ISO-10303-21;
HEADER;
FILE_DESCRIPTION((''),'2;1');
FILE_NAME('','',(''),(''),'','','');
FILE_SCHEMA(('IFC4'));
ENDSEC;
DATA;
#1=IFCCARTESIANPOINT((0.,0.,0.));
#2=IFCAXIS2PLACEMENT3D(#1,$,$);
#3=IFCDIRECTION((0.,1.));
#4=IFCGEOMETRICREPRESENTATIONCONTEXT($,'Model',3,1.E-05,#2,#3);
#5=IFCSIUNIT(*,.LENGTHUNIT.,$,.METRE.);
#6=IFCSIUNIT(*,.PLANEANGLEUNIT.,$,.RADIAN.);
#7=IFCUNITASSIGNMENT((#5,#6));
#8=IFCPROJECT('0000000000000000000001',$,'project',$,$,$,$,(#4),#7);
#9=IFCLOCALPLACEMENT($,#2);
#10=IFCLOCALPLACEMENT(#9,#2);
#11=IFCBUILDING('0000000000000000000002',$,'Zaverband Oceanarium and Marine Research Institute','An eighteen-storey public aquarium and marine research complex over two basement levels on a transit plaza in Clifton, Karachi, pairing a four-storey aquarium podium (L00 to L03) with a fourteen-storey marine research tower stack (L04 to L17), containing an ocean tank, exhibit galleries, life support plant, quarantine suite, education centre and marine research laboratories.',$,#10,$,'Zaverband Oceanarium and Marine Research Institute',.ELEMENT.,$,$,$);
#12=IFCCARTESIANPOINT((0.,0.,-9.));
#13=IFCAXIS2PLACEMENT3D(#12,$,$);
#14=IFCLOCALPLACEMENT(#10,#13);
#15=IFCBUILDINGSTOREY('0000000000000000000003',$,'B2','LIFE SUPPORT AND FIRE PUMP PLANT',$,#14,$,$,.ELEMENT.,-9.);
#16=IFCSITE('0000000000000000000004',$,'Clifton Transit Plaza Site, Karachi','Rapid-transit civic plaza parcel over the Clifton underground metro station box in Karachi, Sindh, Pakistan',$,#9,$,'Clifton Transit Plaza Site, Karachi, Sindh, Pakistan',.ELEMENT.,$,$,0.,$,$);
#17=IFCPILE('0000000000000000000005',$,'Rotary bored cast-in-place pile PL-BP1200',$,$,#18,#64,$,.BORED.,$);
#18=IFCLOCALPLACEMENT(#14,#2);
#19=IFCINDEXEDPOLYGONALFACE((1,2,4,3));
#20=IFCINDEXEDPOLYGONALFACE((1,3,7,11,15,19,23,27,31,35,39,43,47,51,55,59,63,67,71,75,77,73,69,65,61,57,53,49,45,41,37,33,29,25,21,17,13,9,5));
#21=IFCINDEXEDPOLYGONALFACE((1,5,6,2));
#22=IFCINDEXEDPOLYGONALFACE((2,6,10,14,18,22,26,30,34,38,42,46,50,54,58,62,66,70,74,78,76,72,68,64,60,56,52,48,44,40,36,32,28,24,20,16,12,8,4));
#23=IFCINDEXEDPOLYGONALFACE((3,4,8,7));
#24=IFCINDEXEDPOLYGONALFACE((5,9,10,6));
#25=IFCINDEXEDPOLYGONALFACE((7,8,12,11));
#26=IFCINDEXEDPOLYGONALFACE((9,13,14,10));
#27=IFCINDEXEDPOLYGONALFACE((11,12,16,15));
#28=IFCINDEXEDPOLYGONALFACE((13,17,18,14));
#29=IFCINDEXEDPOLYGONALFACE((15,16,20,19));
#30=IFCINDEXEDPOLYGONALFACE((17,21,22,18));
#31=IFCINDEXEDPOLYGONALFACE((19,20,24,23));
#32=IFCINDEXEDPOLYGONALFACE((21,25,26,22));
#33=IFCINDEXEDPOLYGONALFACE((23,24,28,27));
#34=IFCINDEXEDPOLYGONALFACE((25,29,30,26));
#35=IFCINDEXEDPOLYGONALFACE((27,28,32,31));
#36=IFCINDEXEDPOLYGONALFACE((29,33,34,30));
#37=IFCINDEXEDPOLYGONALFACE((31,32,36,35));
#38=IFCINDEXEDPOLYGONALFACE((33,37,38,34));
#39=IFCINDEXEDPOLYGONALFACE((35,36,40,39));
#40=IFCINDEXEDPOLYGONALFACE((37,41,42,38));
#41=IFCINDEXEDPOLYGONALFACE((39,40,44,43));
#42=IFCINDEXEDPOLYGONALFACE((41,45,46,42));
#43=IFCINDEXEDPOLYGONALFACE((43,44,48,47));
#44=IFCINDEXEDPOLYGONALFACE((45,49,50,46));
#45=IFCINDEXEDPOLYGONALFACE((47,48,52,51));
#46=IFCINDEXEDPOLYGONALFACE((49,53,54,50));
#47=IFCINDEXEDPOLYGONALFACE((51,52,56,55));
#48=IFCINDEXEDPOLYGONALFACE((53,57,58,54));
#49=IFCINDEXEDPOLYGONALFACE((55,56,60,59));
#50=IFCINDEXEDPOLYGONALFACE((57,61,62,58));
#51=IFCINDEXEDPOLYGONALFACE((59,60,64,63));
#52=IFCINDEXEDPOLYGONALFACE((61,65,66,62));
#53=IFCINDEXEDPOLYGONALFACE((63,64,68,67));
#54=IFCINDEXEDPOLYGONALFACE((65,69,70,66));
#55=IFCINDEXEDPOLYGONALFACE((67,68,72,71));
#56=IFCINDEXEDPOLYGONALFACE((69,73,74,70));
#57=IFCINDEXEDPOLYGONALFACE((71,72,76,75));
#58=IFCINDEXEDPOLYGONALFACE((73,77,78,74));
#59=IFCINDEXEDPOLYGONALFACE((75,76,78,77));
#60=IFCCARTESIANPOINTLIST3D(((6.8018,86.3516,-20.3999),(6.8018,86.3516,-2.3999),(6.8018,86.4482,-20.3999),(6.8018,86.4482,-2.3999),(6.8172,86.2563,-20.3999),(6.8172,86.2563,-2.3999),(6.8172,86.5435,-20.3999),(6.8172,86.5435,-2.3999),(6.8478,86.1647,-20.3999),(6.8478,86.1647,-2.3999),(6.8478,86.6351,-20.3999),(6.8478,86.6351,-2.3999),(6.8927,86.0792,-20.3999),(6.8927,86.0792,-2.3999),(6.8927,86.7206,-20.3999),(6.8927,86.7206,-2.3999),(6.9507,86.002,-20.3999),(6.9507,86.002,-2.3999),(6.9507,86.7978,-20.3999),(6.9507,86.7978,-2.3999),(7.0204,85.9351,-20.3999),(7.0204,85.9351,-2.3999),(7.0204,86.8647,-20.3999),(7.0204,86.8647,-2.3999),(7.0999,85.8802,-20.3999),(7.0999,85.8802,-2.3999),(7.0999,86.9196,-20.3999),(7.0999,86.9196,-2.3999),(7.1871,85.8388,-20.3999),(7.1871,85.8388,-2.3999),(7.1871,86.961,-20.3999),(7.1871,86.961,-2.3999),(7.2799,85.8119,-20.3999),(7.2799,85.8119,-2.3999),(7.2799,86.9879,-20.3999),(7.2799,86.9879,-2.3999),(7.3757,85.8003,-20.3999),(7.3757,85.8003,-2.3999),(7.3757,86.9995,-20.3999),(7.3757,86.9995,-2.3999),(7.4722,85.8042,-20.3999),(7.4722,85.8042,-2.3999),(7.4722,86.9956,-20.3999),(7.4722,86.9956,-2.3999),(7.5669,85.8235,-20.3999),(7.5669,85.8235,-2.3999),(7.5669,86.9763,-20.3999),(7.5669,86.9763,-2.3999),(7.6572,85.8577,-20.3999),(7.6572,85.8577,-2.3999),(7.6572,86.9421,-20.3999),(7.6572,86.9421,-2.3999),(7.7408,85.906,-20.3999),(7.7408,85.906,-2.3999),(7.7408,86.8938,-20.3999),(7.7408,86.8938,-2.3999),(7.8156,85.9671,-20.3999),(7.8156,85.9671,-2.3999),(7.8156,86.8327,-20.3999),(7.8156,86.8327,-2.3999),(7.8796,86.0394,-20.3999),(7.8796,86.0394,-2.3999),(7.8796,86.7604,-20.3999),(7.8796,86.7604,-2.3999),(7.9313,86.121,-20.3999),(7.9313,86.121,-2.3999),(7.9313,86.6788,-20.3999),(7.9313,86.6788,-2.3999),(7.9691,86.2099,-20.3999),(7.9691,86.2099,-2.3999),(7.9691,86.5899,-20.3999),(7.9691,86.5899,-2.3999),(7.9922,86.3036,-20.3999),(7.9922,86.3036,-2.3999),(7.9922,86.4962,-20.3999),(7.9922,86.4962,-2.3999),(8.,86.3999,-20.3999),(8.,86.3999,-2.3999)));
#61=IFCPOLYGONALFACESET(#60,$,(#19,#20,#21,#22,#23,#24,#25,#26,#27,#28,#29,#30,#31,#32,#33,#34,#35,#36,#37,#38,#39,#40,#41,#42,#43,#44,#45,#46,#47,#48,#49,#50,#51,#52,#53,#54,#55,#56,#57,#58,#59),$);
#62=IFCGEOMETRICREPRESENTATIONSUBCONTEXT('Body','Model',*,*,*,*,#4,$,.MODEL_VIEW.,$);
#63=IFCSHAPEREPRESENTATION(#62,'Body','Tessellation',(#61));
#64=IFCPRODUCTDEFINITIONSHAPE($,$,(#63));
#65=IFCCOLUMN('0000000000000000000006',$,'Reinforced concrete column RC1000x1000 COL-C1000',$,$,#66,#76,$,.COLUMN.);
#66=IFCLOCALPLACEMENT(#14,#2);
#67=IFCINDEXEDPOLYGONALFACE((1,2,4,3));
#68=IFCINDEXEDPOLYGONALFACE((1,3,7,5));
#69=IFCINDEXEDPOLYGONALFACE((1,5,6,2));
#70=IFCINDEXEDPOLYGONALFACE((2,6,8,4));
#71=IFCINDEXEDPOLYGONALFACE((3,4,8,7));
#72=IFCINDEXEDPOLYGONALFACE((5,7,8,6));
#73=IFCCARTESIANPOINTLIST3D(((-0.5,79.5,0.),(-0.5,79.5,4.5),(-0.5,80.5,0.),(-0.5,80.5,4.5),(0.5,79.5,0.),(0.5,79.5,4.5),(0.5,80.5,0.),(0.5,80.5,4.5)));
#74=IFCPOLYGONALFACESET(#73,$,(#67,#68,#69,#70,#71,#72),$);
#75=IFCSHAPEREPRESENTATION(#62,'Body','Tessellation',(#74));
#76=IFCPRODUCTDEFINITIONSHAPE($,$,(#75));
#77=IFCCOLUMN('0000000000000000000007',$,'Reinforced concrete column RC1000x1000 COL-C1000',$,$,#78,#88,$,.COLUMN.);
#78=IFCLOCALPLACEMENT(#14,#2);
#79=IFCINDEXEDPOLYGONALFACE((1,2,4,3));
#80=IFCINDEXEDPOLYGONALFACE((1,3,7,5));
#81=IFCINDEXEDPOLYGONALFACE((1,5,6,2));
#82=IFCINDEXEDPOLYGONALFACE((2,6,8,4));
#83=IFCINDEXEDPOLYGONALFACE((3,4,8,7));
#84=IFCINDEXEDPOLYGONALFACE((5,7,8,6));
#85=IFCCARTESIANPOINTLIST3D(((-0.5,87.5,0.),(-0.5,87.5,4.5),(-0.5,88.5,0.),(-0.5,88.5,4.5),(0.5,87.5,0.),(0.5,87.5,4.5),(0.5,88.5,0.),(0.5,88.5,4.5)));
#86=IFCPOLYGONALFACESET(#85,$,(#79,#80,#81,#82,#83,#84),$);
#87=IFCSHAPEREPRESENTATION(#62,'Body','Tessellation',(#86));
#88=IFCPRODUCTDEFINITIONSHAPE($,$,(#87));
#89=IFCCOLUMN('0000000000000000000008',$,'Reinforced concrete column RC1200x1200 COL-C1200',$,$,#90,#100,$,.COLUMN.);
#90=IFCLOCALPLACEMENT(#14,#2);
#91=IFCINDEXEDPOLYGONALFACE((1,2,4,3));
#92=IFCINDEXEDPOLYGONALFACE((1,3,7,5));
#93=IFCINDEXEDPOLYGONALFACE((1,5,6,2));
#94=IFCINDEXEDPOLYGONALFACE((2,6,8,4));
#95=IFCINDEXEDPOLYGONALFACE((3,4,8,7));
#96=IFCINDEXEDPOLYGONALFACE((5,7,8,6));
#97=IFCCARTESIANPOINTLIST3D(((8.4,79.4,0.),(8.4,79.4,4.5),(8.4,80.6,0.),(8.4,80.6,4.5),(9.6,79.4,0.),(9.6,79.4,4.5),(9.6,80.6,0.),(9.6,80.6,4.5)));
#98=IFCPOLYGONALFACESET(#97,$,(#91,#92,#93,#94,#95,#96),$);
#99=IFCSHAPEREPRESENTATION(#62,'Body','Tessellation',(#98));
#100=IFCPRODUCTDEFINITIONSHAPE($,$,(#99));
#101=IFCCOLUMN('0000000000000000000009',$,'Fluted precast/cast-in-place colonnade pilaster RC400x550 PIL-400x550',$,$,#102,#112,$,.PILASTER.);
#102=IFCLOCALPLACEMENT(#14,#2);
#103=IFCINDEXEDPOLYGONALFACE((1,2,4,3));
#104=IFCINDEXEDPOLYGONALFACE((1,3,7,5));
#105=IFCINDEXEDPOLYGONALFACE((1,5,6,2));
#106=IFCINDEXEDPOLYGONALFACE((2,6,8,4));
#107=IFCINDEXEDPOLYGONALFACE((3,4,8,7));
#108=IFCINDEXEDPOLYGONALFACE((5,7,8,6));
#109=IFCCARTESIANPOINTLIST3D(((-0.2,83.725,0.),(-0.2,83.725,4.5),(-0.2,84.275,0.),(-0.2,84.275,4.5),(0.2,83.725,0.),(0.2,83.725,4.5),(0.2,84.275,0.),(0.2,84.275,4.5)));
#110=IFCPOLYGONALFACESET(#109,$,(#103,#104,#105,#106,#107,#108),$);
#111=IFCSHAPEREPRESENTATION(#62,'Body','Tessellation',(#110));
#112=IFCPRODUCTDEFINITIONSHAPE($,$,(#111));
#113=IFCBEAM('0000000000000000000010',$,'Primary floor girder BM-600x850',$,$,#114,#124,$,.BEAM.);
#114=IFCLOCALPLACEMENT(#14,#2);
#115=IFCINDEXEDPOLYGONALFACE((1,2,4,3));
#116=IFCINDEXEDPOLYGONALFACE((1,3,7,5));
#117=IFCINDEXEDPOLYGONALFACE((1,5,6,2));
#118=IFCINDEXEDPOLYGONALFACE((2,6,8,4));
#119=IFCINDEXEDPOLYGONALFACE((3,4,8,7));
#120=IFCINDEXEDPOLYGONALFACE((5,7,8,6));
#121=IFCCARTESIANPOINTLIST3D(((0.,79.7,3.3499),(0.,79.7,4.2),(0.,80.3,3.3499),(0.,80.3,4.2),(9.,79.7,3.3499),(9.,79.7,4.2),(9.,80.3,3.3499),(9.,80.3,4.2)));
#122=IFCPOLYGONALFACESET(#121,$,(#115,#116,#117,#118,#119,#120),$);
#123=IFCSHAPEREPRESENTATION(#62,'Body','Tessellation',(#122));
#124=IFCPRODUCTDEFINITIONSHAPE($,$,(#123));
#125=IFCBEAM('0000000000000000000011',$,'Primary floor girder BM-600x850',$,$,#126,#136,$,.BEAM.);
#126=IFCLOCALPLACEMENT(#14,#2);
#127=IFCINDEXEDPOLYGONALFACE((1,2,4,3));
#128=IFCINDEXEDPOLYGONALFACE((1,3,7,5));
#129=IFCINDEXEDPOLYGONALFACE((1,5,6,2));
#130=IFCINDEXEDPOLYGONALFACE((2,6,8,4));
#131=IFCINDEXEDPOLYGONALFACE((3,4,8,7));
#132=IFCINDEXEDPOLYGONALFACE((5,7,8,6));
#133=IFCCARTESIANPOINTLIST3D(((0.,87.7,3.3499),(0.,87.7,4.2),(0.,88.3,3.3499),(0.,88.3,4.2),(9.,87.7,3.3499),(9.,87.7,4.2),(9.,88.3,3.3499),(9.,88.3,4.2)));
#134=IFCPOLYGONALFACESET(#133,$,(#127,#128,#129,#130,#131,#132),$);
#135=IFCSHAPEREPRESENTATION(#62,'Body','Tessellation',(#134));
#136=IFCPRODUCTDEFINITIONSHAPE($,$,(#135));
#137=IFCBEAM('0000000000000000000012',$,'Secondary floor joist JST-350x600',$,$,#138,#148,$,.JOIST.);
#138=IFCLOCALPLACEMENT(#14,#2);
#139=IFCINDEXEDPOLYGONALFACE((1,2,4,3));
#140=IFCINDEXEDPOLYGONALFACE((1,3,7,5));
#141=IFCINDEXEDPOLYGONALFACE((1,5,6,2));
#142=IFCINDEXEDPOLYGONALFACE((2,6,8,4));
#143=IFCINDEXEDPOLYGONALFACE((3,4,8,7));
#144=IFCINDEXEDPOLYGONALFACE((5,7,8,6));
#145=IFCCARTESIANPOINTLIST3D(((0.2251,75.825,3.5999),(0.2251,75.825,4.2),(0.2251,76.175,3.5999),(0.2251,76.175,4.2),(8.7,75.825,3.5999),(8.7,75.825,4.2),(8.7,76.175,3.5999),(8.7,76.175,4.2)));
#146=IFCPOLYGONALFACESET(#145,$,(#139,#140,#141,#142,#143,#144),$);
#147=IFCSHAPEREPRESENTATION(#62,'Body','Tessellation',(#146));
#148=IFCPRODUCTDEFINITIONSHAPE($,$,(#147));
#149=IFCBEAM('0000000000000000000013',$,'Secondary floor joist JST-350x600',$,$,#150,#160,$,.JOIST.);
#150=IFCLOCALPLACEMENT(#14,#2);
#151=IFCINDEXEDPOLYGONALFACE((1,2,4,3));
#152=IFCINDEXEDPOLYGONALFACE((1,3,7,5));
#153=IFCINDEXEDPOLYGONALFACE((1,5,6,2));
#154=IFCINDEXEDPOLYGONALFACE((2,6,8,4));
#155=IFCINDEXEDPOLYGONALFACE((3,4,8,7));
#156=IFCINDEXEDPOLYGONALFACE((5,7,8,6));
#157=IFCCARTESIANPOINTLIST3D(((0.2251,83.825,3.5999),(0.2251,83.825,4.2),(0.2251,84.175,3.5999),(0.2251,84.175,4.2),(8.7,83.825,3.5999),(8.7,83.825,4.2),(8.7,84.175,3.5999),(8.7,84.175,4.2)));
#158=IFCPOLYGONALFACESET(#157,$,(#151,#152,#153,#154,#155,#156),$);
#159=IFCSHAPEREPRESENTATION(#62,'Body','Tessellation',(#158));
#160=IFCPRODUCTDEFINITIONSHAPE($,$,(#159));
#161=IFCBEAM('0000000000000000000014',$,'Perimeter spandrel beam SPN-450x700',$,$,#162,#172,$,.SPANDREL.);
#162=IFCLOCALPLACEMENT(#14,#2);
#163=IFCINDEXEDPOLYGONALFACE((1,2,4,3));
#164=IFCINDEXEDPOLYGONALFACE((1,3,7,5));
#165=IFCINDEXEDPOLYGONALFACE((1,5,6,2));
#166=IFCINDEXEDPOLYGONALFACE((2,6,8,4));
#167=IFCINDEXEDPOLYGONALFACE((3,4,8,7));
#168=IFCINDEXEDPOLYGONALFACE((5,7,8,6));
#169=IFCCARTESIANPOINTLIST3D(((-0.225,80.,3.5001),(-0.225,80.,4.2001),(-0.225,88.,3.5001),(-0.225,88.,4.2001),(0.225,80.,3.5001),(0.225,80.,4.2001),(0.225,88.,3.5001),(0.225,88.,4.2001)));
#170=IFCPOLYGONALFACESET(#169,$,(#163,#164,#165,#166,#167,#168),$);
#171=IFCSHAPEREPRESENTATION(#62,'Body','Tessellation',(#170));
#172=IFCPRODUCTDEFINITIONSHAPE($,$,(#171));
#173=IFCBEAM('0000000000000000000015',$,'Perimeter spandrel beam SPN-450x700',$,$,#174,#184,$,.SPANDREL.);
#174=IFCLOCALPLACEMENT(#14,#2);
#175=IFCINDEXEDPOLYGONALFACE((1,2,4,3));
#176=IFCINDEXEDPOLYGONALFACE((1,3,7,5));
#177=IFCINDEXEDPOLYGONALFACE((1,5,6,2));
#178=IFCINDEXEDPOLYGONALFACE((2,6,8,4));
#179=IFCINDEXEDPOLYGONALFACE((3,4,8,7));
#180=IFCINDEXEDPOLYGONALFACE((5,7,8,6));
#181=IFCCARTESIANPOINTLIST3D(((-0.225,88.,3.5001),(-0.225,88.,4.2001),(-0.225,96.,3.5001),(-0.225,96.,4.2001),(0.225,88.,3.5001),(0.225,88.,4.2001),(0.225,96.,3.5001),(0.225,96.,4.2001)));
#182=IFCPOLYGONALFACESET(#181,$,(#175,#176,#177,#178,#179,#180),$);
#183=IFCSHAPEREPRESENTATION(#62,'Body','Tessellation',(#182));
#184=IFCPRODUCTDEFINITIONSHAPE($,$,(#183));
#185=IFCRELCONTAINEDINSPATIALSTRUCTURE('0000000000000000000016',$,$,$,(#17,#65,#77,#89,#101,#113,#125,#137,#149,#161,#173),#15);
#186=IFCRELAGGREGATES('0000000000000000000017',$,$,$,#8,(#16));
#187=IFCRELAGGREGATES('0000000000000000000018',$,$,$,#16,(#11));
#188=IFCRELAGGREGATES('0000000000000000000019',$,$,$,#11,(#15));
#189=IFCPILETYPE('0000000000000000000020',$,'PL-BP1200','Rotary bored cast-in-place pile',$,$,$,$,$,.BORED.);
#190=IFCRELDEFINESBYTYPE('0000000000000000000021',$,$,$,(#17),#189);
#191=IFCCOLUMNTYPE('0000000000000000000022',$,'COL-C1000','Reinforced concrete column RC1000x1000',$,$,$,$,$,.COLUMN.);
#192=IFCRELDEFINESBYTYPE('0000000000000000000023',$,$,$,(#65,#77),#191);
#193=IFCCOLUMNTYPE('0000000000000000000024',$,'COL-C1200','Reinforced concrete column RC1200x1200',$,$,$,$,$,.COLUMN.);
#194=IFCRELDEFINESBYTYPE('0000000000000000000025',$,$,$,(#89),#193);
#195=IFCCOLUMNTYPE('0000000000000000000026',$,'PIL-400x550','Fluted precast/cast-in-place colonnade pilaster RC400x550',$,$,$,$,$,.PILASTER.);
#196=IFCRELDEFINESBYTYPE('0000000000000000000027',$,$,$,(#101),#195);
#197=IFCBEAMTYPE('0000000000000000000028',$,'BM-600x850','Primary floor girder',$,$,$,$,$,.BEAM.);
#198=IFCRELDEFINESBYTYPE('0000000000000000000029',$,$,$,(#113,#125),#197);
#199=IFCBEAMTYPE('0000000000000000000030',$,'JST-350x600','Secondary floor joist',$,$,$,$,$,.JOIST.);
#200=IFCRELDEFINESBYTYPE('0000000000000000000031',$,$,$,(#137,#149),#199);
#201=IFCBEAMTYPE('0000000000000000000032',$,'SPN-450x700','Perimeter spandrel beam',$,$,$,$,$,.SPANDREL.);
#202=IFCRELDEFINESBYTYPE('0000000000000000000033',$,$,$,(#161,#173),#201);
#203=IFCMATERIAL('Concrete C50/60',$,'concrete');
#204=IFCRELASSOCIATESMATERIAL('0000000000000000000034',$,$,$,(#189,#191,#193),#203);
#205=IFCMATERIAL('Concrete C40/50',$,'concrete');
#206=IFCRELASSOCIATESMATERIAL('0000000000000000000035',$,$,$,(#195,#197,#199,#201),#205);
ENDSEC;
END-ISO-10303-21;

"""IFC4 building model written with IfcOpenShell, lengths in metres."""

from ifc_helpers import new_model, si_unit, direction, frame, origin, origin_2d, place, context, subcontext, project, spatial, rectangle, circle, extrude, material, material_profile, profile_set, type_object, element, save


model = new_model("IFC4")

# Units and contexts
model_context = context("Model", 3, precision=1e-05, world=origin(), true_north=direction((0.0, 1.0)))
body_context = subcontext(model_context, "Body", "Model", "MODEL_VIEW")
ifc_project = project(units=[si_unit("LENGTHUNIT", "METRE"), si_unit("PLANEANGLEUNIT", "RADIAN")], contexts=[model_context])

# Site, building, storey
site_placement = place(None, origin())
site = spatial("IfcSite", under=ifc_project, at=site_placement, Name="Clifton Transit Plaza Site, Karachi", Description="Rapid-transit civic plaza parcel over the Clifton underground metro station box in Karachi, Sindh, Pakistan", LongName="Clifton Transit Plaza Site, Karachi, Sindh, Pakistan", CompositionType="ELEMENT", RefElevation=0.0)
building_placement = place(site_placement, origin())
building = spatial("IfcBuilding", under=site, at=building_placement, Name="Zaverband Oceanarium and Marine Research Institute", Description="An eighteen-storey public aquarium and marine research complex over two basement levels on a transit plaza in Clifton, Karachi, pairing a four-storey aquarium podium (L00 to L03) with a fourteen-storey marine research tower stack (L04 to L17), containing an ocean tank, exhibit galleries, life support plant, quarantine suite, education centre and marine research laboratories.", LongName="Zaverband Oceanarium and Marine Research Institute", CompositionType="ELEMENT")
storey_placement = place(building_placement, frame((0.0, 0.0, -9.0)))
storey = spatial("IfcBuildingStorey", under=building, at=storey_placement, Name="B2", Description="LIFE SUPPORT AND FIRE PUMP PLANT", CompositionType="ELEMENT", Elevation=-9.0)

# Shared definitions
ifc_material_1 = material(Name="Concrete C50/60", Category="concrete")
ifc_material_2 = material(Name="Concrete C40/50", Category="concrete")

# Pile
ifc_material_profile_1 = material_profile(ifc_material_1, circle(Radius=0.6001, at=origin_2d()), Name="BP1200")
ifc_profile_set_1 = profile_set([ifc_material_profile_1], Name="Concrete C50/60")
pile_type_1 = type_object("IfcPileType", Name="PL-BP1200", Description="Rotary bored cast-in-place pile", PredefinedType="BORED", material=ifc_profile_set_1)
for number, where, z_axis, x_axis, name in (
    (1, (7.3999, 86.3999, -2.3999), (0.0, 0.0, -1.0), (1.0, 0.0, 0.0), "Rotary bored cast-in-place pile PL-BP1200"),
):
    element("IfcPile", number, at=place(storey_placement, frame(where, z_axis=z_axis, x_axis=x_axis)), inside=storey, type_object=pile_type_1, Name=name, PredefinedType="BORED", context=body_context, shape_type="SweptSolid", body=[
        extrude(circle(Radius=0.6001, at=origin_2d()), origin(), (0.0, 0.0, 1.0), 18.0),
    ])

# Columns
ifc_material_profile_2 = material_profile(ifc_material_1, rectangle(XDim=1.0, YDim=1.0, at=origin_2d()), Name="RC1000x1000")
ifc_profile_set_2 = profile_set([ifc_material_profile_2], Name="Concrete C50/60")
column_type_1 = type_object("IfcColumnType", Name="COL-C1000", Description="Reinforced concrete column RC1000x1000", PredefinedType="COLUMN", material=ifc_profile_set_2)
for number, where, z_axis, x_axis, name in (
    (2, (0.0, 80.0, 0.0), (0.0, 0.0, 1.0), (1.0, 0.0, 0.0), "Reinforced concrete column RC1000x1000 COL-C1000"),
    (3, (0.0, 88.0, 0.0), (0.0, 0.0, 1.0), (1.0, 0.0, 0.0), "Reinforced concrete column RC1000x1000 COL-C1000"),
):
    element("IfcColumn", number, at=place(storey_placement, frame(where, z_axis=z_axis, x_axis=x_axis)), inside=storey, type_object=column_type_1, Name=name, PredefinedType="COLUMN", context=body_context, shape_type="SweptSolid", body=[
        extrude(rectangle(XDim=1.0, YDim=1.0, at=origin_2d()), origin(), (0.0, 0.0, 1.0), 4.5),
    ])
ifc_material_profile_3 = material_profile(ifc_material_1, rectangle(XDim=1.2, YDim=1.2, at=origin_2d()), Name="RC1200x1200")
ifc_profile_set_3 = profile_set([ifc_material_profile_3], Name="Concrete C50/60")
column_type_2 = type_object("IfcColumnType", Name="COL-C1200", Description="Reinforced concrete column RC1200x1200", PredefinedType="COLUMN", material=ifc_profile_set_3)
column_1_placement = place(storey_placement, frame((9.0, 80.0, 0.0), z_axis=(0.0, 0.0, 1.0), x_axis=(1.0, 0.0, 0.0)))
element("IfcColumn", 4, at=column_1_placement, inside=storey, type_object=column_type_2, Name="Reinforced concrete column RC1200x1200 COL-C1200", PredefinedType="COLUMN", context=body_context, shape_type="SweptSolid", body=[
    extrude(rectangle(XDim=1.2, YDim=1.2, at=origin_2d()), origin(), (0.0, 0.0, 1.0), 4.5),
])
ifc_material_profile_4 = material_profile(ifc_material_2, rectangle(XDim=0.3999, YDim=0.55, at=origin_2d()), Name="RC400x550")
ifc_profile_set_4 = profile_set([ifc_material_profile_4], Name="Concrete C40/50")
column_type_3 = type_object("IfcColumnType", Name="PIL-400x550", Description="Fluted precast/cast-in-place colonnade pilaster RC400x550", PredefinedType="PILASTER", material=ifc_profile_set_4)
column_2_placement = place(storey_placement, frame((0.0, 84.0, 0.0), z_axis=(0.0, 0.0, 1.0), x_axis=(1.0, 0.0, 0.0)))
element("IfcColumn", 5, at=column_2_placement, inside=storey, type_object=column_type_3, Name="Fluted precast/cast-in-place colonnade pilaster RC400x550 PIL-400x550", PredefinedType="PILASTER", context=body_context, shape_type="SweptSolid", body=[
    extrude(rectangle(XDim=0.3999, YDim=0.55, at=origin_2d()), origin(), (0.0, 0.0, 1.0), 4.5),
])

# Beams
ifc_material_profile_5 = material_profile(ifc_material_2, rectangle(XDim=0.6001, YDim=0.8501, at=origin_2d()), Name="RC600x850")
ifc_profile_set_5 = profile_set([ifc_material_profile_5], Name="Concrete C40/50")
beam_type_1 = type_object("IfcBeamType", Name="BM-600x850", Description="Primary floor girder", PredefinedType="BEAM", material=ifc_profile_set_5)
for number, where, z_axis, x_axis, name in (
    (6, (0.0, 80.0, 3.7749), (1.0, 0.0, 0.0), (0.0, 1.0, 0.0), "Primary floor girder BM-600x850"),
    (7, (0.0, 88.0, 3.7749), (1.0, 0.0, 0.0), (0.0, 1.0, 0.0), "Primary floor girder BM-600x850"),
):
    element("IfcBeam", number, at=place(storey_placement, frame(where, z_axis=z_axis, x_axis=x_axis)), inside=storey, type_object=beam_type_1, Name=name, PredefinedType="BEAM", context=body_context, shape_type="SweptSolid", body=[
        extrude(rectangle(XDim=0.6001, YDim=0.8501, at=origin_2d()), origin(), (0.0, 0.0, 1.0), 9.0),
    ])
ifc_material_profile_6 = material_profile(ifc_material_2, rectangle(XDim=0.3501, YDim=0.6001, at=origin_2d()), Name="RC350x600")
ifc_profile_set_6 = profile_set([ifc_material_profile_6], Name="Concrete C40/50")
beam_type_2 = type_object("IfcBeamType", Name="JST-350x600", Description="Secondary floor joist", PredefinedType="JOIST", material=ifc_profile_set_6)
for number, where, z_axis, x_axis, name in (
    (8, (0.2251, 76.0, 3.8999), (1.0, 0.0, 0.0), (0.0, 1.0, 0.0), "Secondary floor joist JST-350x600"),
    (9, (0.2251, 84.0, 3.8999), (1.0, 0.0, 0.0), (0.0, 1.0, 0.0), "Secondary floor joist JST-350x600"),
):
    element("IfcBeam", number, at=place(storey_placement, frame(where, z_axis=z_axis, x_axis=x_axis)), inside=storey, type_object=beam_type_2, Name=name, PredefinedType="JOIST", context=body_context, shape_type="SweptSolid", body=[
        extrude(rectangle(XDim=0.3501, YDim=0.6001, at=origin_2d()), origin(), (0.0, 0.0, 1.0), 8.4749),
    ])
ifc_material_profile_7 = material_profile(ifc_material_2, rectangle(XDim=0.45, YDim=0.7, at=origin_2d()), Name="RC450x700")
ifc_profile_set_7 = profile_set([ifc_material_profile_7], Name="Concrete C40/50")
beam_type_3 = type_object("IfcBeamType", Name="SPN-450x700", Description="Perimeter spandrel beam", PredefinedType="SPANDREL", material=ifc_profile_set_7)
for number, where, z_axis, x_axis, name in (
    (10, (0.0, 80.0, 3.8501), (0.0, 1.0, 0.0), (-1.0, 0.0, 0.0), "Perimeter spandrel beam SPN-450x700"),
    (11, (0.0, 88.0, 3.8501), (0.0, 1.0, 0.0), (-1.0, 0.0, 0.0), "Perimeter spandrel beam SPN-450x700"),
):
    element("IfcBeam", number, at=place(storey_placement, frame(where, z_axis=z_axis, x_axis=x_axis)), inside=storey, type_object=beam_type_3, Name=name, PredefinedType="SPANDREL", context=body_context, shape_type="SweptSolid", body=[
        extrude(rectangle(XDim=0.45, YDim=0.7, at=origin_2d()), origin(), (0.0, 0.0, 1.0), 8.0),
    ])

save(model, "model.ifc")
